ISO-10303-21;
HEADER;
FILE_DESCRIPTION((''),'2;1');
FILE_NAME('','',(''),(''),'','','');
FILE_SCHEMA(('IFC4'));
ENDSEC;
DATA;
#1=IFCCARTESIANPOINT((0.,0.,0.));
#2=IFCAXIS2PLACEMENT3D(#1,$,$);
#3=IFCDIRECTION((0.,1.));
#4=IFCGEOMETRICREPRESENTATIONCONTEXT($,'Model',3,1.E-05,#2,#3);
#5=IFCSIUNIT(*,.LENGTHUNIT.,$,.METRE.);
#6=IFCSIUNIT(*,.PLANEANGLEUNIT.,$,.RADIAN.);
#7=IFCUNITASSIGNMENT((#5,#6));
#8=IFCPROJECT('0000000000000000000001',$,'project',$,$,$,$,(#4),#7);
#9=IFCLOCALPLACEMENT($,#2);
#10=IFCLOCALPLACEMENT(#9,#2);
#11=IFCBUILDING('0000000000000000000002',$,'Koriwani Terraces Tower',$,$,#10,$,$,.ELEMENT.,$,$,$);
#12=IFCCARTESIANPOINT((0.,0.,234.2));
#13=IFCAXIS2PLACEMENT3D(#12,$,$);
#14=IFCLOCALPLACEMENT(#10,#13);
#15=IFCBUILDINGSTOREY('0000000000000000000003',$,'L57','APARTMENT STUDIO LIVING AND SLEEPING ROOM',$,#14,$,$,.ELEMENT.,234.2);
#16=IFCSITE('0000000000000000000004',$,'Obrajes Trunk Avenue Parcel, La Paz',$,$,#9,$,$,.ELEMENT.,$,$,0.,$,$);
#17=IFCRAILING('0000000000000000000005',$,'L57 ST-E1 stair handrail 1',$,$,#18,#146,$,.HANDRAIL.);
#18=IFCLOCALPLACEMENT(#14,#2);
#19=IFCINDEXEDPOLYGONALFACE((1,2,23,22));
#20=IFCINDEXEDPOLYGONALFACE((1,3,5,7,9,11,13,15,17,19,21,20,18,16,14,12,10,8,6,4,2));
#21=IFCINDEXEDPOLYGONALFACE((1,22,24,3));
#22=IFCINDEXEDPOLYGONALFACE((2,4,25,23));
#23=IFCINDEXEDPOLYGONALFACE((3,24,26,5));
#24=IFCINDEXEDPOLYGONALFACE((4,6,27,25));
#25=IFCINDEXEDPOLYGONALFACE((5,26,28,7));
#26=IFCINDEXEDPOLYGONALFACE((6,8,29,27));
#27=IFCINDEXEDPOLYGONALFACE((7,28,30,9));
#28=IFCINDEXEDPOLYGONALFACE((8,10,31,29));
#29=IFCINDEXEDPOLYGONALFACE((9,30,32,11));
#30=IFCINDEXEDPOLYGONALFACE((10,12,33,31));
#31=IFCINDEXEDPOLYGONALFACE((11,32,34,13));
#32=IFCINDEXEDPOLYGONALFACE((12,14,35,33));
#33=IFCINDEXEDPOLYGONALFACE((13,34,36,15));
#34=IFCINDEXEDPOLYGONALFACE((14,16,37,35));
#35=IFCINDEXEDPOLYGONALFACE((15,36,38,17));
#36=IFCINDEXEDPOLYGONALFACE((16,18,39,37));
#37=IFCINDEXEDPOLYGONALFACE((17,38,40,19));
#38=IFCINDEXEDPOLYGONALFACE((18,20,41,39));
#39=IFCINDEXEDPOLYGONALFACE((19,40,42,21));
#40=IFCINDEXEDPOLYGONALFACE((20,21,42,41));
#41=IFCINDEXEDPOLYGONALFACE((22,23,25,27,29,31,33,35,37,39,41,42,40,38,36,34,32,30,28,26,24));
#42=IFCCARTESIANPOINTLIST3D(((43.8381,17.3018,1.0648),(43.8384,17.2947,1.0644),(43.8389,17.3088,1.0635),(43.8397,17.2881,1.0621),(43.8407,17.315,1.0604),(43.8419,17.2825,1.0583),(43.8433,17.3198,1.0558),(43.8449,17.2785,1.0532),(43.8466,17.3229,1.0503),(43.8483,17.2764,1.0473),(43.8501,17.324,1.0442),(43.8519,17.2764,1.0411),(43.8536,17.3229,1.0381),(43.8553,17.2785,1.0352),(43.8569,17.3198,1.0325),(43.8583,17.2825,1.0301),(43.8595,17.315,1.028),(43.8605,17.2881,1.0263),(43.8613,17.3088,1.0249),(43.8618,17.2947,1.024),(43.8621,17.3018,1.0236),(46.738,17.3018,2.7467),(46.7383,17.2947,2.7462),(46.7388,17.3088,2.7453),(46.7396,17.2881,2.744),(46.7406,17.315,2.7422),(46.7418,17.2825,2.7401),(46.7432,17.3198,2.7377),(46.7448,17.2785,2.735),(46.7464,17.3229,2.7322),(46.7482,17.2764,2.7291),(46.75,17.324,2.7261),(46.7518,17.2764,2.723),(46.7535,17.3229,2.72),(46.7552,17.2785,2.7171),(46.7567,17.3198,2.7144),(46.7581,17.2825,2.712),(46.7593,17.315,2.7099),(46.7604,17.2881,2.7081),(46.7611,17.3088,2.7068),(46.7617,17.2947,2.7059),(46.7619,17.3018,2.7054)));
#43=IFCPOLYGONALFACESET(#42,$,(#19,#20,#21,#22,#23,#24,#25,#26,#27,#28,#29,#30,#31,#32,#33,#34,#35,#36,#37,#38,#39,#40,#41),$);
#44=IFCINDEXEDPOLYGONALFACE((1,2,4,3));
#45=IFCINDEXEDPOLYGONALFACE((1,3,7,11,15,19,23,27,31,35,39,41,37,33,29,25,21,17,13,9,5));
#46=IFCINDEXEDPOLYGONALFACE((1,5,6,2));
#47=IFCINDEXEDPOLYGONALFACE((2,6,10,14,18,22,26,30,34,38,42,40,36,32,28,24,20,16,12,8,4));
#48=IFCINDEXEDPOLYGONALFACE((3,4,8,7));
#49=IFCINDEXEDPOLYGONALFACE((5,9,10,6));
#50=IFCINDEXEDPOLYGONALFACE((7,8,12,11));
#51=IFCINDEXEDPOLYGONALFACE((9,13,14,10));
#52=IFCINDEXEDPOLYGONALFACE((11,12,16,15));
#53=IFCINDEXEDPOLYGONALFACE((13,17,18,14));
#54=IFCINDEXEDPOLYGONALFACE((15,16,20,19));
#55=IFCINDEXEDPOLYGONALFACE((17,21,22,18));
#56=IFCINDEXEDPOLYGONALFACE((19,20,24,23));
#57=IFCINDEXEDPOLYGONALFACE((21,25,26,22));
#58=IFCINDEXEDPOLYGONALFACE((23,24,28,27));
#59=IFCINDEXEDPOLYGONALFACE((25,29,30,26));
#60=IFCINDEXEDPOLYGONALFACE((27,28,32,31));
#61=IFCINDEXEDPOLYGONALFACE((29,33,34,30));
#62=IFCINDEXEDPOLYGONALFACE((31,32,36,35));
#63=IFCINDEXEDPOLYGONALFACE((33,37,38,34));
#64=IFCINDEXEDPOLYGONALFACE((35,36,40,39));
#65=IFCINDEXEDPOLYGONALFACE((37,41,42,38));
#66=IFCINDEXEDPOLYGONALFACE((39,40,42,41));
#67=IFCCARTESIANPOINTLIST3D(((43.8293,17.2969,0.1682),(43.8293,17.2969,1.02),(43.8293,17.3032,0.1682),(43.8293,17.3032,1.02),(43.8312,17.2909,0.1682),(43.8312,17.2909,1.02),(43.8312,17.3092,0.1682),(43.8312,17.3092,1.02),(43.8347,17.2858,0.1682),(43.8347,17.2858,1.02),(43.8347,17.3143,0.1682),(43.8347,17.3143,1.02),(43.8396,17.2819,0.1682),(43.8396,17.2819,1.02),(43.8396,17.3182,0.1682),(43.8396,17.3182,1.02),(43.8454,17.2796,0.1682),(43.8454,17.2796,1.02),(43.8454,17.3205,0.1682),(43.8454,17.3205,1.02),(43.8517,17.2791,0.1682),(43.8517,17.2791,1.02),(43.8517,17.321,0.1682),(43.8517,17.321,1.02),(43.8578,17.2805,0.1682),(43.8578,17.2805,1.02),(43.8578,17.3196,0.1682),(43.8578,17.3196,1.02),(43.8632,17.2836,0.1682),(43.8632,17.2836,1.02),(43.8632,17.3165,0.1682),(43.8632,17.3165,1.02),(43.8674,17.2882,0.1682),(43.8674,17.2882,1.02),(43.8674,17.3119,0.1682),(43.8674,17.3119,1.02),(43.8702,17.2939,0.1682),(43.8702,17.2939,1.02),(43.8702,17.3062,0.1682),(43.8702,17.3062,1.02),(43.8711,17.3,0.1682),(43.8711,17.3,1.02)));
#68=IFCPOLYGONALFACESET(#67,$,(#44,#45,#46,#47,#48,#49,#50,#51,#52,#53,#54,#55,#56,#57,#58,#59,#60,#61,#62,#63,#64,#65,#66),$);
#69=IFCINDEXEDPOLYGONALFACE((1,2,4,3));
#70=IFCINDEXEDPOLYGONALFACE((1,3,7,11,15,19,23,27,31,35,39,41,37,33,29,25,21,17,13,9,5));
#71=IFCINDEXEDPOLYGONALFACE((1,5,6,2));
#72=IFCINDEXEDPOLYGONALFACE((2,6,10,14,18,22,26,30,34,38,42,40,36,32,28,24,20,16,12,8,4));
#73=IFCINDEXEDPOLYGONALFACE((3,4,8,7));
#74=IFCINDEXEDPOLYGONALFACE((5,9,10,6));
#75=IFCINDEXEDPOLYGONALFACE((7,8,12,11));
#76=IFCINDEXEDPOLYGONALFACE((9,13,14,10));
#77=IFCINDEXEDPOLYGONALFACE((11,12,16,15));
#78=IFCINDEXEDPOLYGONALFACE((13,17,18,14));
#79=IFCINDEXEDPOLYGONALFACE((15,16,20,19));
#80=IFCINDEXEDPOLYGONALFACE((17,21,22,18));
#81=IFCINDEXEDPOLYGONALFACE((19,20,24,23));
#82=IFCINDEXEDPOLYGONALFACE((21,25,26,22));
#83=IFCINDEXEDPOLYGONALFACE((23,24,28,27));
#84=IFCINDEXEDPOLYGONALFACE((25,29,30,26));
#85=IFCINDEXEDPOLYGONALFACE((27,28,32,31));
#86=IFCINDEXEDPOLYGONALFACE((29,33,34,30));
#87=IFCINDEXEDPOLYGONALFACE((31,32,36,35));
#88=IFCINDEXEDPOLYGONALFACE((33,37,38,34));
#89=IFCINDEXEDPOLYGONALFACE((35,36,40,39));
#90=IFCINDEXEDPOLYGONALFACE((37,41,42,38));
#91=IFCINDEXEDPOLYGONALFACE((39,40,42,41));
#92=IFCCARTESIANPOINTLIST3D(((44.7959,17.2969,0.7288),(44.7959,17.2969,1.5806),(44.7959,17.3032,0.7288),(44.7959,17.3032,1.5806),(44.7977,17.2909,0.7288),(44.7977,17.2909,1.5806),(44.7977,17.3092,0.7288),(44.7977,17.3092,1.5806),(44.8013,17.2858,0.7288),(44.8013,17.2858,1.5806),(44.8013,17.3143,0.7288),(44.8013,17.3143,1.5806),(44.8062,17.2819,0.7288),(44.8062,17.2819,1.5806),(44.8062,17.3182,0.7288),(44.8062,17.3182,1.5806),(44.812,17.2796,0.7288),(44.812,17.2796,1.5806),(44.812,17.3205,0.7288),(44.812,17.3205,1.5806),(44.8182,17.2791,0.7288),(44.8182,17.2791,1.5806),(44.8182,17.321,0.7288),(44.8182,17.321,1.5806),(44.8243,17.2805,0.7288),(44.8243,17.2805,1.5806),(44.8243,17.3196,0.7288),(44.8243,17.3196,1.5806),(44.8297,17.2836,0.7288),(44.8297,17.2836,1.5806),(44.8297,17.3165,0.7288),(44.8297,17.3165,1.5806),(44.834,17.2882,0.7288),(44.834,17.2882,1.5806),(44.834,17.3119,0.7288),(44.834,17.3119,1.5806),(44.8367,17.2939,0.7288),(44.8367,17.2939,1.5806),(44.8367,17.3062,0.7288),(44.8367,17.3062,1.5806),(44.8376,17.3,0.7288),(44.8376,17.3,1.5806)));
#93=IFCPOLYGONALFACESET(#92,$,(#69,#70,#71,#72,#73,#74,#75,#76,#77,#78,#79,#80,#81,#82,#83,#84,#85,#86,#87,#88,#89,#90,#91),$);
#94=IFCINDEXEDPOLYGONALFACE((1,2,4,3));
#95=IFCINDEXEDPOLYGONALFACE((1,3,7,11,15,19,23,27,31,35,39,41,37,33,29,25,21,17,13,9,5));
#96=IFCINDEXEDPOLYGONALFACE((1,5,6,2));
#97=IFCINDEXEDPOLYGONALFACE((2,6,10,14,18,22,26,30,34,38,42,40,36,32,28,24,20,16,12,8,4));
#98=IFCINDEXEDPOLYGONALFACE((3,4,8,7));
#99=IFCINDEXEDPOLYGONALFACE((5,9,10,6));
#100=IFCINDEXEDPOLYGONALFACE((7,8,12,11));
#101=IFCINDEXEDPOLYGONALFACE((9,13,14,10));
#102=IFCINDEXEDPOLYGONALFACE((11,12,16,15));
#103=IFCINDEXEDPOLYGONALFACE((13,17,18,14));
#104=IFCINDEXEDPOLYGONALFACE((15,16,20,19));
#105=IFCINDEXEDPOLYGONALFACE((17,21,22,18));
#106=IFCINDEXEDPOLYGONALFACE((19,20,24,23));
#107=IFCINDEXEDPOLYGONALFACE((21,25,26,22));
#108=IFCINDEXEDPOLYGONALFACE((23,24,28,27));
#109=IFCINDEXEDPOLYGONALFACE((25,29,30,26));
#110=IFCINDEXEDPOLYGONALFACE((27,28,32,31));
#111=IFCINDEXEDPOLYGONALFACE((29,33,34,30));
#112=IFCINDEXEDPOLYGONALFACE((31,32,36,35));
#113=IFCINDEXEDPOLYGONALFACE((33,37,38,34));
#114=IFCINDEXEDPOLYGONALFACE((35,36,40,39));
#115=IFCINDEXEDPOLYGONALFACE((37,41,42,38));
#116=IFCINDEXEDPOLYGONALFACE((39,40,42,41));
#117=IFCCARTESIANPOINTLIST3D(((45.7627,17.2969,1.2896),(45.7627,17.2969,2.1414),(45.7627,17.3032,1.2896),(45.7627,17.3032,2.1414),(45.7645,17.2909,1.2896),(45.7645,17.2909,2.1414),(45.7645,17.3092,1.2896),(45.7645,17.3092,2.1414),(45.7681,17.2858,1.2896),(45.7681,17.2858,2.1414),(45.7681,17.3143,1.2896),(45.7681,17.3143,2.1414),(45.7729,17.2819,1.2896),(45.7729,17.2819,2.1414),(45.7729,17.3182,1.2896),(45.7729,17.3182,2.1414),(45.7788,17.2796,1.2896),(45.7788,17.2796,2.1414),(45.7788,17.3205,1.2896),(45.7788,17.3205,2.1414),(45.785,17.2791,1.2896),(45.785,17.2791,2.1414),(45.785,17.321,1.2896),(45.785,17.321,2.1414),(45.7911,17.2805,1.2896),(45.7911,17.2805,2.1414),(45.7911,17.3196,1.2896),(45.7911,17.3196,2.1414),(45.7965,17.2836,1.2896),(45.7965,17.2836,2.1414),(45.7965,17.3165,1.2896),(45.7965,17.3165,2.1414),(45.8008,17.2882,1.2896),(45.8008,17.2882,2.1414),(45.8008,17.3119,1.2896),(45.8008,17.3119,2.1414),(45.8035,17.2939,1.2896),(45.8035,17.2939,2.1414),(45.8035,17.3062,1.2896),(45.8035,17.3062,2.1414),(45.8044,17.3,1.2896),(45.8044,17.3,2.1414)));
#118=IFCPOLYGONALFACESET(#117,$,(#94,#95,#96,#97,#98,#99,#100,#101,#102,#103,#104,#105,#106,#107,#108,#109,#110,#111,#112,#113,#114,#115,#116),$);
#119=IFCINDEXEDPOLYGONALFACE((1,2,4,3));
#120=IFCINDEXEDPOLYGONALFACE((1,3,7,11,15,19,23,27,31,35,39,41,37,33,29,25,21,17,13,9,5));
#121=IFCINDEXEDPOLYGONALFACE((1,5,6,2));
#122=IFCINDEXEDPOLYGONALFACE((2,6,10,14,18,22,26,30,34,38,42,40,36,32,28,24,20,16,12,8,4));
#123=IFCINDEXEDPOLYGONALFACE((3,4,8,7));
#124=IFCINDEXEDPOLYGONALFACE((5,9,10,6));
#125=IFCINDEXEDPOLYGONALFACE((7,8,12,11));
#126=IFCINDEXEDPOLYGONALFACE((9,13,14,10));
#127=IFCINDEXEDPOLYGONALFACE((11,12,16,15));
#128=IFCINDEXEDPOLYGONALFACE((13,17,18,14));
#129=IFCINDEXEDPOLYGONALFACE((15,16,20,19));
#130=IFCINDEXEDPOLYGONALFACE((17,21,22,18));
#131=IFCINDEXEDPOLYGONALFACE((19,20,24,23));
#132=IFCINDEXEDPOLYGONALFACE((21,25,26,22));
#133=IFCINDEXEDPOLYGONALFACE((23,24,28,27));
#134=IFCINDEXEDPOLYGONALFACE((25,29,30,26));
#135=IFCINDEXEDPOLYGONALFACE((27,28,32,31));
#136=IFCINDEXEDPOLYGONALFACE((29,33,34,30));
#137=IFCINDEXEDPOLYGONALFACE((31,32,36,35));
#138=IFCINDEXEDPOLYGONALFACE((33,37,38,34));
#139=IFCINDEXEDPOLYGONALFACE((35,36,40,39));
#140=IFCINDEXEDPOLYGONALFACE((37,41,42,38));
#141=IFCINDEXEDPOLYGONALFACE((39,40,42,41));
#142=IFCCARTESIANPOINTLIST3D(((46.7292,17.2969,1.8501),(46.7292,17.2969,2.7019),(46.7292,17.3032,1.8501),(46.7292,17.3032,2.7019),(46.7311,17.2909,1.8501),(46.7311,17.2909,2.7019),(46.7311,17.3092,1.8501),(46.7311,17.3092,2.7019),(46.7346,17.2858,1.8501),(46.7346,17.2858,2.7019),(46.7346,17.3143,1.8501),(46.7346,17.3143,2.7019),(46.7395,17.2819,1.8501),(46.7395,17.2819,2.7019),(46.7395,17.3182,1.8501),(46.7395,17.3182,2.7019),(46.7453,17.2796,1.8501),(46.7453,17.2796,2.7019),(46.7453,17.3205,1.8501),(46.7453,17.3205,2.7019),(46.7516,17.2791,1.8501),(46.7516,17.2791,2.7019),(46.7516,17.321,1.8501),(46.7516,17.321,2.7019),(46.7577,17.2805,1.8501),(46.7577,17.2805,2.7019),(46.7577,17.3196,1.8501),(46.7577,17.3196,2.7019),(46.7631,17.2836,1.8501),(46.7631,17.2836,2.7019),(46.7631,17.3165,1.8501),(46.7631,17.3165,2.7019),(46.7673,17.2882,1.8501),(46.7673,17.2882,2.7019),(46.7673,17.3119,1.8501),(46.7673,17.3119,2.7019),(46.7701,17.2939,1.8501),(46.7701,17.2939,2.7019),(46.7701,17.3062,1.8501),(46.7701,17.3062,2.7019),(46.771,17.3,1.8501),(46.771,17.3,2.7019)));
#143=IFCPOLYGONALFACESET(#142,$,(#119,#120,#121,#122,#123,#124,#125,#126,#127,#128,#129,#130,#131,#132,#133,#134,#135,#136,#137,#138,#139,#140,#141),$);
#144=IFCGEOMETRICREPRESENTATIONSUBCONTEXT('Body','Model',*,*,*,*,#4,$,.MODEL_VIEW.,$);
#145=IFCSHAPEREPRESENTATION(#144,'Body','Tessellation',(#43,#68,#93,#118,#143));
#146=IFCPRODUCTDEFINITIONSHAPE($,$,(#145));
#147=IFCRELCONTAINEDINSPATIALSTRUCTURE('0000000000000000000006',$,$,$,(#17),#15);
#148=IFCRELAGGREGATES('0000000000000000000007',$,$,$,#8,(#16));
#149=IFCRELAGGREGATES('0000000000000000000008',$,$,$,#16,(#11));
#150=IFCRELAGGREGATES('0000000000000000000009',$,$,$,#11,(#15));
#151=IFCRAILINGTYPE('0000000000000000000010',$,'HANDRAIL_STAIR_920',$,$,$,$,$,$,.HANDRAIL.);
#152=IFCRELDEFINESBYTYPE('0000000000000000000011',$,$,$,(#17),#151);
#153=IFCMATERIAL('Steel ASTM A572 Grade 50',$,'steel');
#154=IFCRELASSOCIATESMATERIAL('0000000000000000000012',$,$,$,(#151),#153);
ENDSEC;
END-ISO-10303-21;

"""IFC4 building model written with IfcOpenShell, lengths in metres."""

from ifc_helpers import new_model, si_unit, direction, frame, origin, origin_2d, place, context, subcontext, project, spatial, circle, extrude, material, type_object, element, save


model = new_model("IFC4")

# Units and contexts
model_context = context("Model", 3, precision=1e-05, world=origin(), true_north=direction((0.0, 1.0)))
body_context = subcontext(model_context, "Body", "Model", "MODEL_VIEW")
ifc_project = project(units=[si_unit("LENGTHUNIT", "METRE"), si_unit("PLANEANGLEUNIT", "RADIAN")], contexts=[model_context])

# Site, building, storey
site_placement = place(None, origin())
site = spatial("IfcSite", under=ifc_project, at=site_placement, Name="Obrajes Trunk Avenue Parcel, La Paz", CompositionType="ELEMENT", RefElevation=0.0)
building_placement = place(site_placement, origin())
building = spatial("IfcBuilding", under=site, at=building_placement, Name="Koriwani Terraces Tower", CompositionType="ELEMENT")
storey_placement = place(building_placement, frame((0.0, 0.0, 234.2)))
storey = spatial("IfcBuildingStorey", under=building, at=storey_placement, Name="L57", Description="APARTMENT STUDIO LIVING AND SLEEPING ROOM", CompositionType="ELEMENT", Elevation=234.2)

# Shared definitions
ifc_material_1 = material(Name="Steel ASTM A572 Grade 50", Category="steel")

# Railing
railing_type_1 = type_object("IfcRailingType", Name="HANDRAIL_STAIR_920", PredefinedType="HANDRAIL", material=ifc_material_1)
railing_1_placement = place(storey_placement, frame((43.8501, 17.3, 0.1682)))
element("IfcRailing", 1, at=railing_1_placement, inside=storey, type_object=railing_type_1, Name="L57 ST-E1 stair handrail 1", PredefinedType="HANDRAIL", context=body_context, shape_type="SweptSolid", body=[
    extrude(circle(Radius=0.0239, at=origin_2d()), frame((0.0, 0.0, 0.876), z_axis=(0.865039, 0.0, 0.501705), x_axis=(0.0, 1.0, 0.0)), (0.0, 0.0, 1.0), 3.3523),
    extrude(circle(Radius=0.021, at=origin_2d()), origin(), (0.0, 0.0, 1.0), 0.8518),
    extrude(circle(Radius=0.021, at=origin_2d()), frame((0.9666, 0.0, 0.5605)), (0.0, 0.0, 1.0), 0.8518),
    extrude(circle(Radius=0.021, at=origin_2d()), frame((1.9333, 0.0, 1.1213)), (0.0, 0.0, 1.0), 0.8518),
    extrude(circle(Radius=0.021, at=origin_2d()), frame((2.8999, 0.0, 1.6819)), (0.0, 0.0, 1.0), 0.8518),
])

save(model, "model.ifc")
